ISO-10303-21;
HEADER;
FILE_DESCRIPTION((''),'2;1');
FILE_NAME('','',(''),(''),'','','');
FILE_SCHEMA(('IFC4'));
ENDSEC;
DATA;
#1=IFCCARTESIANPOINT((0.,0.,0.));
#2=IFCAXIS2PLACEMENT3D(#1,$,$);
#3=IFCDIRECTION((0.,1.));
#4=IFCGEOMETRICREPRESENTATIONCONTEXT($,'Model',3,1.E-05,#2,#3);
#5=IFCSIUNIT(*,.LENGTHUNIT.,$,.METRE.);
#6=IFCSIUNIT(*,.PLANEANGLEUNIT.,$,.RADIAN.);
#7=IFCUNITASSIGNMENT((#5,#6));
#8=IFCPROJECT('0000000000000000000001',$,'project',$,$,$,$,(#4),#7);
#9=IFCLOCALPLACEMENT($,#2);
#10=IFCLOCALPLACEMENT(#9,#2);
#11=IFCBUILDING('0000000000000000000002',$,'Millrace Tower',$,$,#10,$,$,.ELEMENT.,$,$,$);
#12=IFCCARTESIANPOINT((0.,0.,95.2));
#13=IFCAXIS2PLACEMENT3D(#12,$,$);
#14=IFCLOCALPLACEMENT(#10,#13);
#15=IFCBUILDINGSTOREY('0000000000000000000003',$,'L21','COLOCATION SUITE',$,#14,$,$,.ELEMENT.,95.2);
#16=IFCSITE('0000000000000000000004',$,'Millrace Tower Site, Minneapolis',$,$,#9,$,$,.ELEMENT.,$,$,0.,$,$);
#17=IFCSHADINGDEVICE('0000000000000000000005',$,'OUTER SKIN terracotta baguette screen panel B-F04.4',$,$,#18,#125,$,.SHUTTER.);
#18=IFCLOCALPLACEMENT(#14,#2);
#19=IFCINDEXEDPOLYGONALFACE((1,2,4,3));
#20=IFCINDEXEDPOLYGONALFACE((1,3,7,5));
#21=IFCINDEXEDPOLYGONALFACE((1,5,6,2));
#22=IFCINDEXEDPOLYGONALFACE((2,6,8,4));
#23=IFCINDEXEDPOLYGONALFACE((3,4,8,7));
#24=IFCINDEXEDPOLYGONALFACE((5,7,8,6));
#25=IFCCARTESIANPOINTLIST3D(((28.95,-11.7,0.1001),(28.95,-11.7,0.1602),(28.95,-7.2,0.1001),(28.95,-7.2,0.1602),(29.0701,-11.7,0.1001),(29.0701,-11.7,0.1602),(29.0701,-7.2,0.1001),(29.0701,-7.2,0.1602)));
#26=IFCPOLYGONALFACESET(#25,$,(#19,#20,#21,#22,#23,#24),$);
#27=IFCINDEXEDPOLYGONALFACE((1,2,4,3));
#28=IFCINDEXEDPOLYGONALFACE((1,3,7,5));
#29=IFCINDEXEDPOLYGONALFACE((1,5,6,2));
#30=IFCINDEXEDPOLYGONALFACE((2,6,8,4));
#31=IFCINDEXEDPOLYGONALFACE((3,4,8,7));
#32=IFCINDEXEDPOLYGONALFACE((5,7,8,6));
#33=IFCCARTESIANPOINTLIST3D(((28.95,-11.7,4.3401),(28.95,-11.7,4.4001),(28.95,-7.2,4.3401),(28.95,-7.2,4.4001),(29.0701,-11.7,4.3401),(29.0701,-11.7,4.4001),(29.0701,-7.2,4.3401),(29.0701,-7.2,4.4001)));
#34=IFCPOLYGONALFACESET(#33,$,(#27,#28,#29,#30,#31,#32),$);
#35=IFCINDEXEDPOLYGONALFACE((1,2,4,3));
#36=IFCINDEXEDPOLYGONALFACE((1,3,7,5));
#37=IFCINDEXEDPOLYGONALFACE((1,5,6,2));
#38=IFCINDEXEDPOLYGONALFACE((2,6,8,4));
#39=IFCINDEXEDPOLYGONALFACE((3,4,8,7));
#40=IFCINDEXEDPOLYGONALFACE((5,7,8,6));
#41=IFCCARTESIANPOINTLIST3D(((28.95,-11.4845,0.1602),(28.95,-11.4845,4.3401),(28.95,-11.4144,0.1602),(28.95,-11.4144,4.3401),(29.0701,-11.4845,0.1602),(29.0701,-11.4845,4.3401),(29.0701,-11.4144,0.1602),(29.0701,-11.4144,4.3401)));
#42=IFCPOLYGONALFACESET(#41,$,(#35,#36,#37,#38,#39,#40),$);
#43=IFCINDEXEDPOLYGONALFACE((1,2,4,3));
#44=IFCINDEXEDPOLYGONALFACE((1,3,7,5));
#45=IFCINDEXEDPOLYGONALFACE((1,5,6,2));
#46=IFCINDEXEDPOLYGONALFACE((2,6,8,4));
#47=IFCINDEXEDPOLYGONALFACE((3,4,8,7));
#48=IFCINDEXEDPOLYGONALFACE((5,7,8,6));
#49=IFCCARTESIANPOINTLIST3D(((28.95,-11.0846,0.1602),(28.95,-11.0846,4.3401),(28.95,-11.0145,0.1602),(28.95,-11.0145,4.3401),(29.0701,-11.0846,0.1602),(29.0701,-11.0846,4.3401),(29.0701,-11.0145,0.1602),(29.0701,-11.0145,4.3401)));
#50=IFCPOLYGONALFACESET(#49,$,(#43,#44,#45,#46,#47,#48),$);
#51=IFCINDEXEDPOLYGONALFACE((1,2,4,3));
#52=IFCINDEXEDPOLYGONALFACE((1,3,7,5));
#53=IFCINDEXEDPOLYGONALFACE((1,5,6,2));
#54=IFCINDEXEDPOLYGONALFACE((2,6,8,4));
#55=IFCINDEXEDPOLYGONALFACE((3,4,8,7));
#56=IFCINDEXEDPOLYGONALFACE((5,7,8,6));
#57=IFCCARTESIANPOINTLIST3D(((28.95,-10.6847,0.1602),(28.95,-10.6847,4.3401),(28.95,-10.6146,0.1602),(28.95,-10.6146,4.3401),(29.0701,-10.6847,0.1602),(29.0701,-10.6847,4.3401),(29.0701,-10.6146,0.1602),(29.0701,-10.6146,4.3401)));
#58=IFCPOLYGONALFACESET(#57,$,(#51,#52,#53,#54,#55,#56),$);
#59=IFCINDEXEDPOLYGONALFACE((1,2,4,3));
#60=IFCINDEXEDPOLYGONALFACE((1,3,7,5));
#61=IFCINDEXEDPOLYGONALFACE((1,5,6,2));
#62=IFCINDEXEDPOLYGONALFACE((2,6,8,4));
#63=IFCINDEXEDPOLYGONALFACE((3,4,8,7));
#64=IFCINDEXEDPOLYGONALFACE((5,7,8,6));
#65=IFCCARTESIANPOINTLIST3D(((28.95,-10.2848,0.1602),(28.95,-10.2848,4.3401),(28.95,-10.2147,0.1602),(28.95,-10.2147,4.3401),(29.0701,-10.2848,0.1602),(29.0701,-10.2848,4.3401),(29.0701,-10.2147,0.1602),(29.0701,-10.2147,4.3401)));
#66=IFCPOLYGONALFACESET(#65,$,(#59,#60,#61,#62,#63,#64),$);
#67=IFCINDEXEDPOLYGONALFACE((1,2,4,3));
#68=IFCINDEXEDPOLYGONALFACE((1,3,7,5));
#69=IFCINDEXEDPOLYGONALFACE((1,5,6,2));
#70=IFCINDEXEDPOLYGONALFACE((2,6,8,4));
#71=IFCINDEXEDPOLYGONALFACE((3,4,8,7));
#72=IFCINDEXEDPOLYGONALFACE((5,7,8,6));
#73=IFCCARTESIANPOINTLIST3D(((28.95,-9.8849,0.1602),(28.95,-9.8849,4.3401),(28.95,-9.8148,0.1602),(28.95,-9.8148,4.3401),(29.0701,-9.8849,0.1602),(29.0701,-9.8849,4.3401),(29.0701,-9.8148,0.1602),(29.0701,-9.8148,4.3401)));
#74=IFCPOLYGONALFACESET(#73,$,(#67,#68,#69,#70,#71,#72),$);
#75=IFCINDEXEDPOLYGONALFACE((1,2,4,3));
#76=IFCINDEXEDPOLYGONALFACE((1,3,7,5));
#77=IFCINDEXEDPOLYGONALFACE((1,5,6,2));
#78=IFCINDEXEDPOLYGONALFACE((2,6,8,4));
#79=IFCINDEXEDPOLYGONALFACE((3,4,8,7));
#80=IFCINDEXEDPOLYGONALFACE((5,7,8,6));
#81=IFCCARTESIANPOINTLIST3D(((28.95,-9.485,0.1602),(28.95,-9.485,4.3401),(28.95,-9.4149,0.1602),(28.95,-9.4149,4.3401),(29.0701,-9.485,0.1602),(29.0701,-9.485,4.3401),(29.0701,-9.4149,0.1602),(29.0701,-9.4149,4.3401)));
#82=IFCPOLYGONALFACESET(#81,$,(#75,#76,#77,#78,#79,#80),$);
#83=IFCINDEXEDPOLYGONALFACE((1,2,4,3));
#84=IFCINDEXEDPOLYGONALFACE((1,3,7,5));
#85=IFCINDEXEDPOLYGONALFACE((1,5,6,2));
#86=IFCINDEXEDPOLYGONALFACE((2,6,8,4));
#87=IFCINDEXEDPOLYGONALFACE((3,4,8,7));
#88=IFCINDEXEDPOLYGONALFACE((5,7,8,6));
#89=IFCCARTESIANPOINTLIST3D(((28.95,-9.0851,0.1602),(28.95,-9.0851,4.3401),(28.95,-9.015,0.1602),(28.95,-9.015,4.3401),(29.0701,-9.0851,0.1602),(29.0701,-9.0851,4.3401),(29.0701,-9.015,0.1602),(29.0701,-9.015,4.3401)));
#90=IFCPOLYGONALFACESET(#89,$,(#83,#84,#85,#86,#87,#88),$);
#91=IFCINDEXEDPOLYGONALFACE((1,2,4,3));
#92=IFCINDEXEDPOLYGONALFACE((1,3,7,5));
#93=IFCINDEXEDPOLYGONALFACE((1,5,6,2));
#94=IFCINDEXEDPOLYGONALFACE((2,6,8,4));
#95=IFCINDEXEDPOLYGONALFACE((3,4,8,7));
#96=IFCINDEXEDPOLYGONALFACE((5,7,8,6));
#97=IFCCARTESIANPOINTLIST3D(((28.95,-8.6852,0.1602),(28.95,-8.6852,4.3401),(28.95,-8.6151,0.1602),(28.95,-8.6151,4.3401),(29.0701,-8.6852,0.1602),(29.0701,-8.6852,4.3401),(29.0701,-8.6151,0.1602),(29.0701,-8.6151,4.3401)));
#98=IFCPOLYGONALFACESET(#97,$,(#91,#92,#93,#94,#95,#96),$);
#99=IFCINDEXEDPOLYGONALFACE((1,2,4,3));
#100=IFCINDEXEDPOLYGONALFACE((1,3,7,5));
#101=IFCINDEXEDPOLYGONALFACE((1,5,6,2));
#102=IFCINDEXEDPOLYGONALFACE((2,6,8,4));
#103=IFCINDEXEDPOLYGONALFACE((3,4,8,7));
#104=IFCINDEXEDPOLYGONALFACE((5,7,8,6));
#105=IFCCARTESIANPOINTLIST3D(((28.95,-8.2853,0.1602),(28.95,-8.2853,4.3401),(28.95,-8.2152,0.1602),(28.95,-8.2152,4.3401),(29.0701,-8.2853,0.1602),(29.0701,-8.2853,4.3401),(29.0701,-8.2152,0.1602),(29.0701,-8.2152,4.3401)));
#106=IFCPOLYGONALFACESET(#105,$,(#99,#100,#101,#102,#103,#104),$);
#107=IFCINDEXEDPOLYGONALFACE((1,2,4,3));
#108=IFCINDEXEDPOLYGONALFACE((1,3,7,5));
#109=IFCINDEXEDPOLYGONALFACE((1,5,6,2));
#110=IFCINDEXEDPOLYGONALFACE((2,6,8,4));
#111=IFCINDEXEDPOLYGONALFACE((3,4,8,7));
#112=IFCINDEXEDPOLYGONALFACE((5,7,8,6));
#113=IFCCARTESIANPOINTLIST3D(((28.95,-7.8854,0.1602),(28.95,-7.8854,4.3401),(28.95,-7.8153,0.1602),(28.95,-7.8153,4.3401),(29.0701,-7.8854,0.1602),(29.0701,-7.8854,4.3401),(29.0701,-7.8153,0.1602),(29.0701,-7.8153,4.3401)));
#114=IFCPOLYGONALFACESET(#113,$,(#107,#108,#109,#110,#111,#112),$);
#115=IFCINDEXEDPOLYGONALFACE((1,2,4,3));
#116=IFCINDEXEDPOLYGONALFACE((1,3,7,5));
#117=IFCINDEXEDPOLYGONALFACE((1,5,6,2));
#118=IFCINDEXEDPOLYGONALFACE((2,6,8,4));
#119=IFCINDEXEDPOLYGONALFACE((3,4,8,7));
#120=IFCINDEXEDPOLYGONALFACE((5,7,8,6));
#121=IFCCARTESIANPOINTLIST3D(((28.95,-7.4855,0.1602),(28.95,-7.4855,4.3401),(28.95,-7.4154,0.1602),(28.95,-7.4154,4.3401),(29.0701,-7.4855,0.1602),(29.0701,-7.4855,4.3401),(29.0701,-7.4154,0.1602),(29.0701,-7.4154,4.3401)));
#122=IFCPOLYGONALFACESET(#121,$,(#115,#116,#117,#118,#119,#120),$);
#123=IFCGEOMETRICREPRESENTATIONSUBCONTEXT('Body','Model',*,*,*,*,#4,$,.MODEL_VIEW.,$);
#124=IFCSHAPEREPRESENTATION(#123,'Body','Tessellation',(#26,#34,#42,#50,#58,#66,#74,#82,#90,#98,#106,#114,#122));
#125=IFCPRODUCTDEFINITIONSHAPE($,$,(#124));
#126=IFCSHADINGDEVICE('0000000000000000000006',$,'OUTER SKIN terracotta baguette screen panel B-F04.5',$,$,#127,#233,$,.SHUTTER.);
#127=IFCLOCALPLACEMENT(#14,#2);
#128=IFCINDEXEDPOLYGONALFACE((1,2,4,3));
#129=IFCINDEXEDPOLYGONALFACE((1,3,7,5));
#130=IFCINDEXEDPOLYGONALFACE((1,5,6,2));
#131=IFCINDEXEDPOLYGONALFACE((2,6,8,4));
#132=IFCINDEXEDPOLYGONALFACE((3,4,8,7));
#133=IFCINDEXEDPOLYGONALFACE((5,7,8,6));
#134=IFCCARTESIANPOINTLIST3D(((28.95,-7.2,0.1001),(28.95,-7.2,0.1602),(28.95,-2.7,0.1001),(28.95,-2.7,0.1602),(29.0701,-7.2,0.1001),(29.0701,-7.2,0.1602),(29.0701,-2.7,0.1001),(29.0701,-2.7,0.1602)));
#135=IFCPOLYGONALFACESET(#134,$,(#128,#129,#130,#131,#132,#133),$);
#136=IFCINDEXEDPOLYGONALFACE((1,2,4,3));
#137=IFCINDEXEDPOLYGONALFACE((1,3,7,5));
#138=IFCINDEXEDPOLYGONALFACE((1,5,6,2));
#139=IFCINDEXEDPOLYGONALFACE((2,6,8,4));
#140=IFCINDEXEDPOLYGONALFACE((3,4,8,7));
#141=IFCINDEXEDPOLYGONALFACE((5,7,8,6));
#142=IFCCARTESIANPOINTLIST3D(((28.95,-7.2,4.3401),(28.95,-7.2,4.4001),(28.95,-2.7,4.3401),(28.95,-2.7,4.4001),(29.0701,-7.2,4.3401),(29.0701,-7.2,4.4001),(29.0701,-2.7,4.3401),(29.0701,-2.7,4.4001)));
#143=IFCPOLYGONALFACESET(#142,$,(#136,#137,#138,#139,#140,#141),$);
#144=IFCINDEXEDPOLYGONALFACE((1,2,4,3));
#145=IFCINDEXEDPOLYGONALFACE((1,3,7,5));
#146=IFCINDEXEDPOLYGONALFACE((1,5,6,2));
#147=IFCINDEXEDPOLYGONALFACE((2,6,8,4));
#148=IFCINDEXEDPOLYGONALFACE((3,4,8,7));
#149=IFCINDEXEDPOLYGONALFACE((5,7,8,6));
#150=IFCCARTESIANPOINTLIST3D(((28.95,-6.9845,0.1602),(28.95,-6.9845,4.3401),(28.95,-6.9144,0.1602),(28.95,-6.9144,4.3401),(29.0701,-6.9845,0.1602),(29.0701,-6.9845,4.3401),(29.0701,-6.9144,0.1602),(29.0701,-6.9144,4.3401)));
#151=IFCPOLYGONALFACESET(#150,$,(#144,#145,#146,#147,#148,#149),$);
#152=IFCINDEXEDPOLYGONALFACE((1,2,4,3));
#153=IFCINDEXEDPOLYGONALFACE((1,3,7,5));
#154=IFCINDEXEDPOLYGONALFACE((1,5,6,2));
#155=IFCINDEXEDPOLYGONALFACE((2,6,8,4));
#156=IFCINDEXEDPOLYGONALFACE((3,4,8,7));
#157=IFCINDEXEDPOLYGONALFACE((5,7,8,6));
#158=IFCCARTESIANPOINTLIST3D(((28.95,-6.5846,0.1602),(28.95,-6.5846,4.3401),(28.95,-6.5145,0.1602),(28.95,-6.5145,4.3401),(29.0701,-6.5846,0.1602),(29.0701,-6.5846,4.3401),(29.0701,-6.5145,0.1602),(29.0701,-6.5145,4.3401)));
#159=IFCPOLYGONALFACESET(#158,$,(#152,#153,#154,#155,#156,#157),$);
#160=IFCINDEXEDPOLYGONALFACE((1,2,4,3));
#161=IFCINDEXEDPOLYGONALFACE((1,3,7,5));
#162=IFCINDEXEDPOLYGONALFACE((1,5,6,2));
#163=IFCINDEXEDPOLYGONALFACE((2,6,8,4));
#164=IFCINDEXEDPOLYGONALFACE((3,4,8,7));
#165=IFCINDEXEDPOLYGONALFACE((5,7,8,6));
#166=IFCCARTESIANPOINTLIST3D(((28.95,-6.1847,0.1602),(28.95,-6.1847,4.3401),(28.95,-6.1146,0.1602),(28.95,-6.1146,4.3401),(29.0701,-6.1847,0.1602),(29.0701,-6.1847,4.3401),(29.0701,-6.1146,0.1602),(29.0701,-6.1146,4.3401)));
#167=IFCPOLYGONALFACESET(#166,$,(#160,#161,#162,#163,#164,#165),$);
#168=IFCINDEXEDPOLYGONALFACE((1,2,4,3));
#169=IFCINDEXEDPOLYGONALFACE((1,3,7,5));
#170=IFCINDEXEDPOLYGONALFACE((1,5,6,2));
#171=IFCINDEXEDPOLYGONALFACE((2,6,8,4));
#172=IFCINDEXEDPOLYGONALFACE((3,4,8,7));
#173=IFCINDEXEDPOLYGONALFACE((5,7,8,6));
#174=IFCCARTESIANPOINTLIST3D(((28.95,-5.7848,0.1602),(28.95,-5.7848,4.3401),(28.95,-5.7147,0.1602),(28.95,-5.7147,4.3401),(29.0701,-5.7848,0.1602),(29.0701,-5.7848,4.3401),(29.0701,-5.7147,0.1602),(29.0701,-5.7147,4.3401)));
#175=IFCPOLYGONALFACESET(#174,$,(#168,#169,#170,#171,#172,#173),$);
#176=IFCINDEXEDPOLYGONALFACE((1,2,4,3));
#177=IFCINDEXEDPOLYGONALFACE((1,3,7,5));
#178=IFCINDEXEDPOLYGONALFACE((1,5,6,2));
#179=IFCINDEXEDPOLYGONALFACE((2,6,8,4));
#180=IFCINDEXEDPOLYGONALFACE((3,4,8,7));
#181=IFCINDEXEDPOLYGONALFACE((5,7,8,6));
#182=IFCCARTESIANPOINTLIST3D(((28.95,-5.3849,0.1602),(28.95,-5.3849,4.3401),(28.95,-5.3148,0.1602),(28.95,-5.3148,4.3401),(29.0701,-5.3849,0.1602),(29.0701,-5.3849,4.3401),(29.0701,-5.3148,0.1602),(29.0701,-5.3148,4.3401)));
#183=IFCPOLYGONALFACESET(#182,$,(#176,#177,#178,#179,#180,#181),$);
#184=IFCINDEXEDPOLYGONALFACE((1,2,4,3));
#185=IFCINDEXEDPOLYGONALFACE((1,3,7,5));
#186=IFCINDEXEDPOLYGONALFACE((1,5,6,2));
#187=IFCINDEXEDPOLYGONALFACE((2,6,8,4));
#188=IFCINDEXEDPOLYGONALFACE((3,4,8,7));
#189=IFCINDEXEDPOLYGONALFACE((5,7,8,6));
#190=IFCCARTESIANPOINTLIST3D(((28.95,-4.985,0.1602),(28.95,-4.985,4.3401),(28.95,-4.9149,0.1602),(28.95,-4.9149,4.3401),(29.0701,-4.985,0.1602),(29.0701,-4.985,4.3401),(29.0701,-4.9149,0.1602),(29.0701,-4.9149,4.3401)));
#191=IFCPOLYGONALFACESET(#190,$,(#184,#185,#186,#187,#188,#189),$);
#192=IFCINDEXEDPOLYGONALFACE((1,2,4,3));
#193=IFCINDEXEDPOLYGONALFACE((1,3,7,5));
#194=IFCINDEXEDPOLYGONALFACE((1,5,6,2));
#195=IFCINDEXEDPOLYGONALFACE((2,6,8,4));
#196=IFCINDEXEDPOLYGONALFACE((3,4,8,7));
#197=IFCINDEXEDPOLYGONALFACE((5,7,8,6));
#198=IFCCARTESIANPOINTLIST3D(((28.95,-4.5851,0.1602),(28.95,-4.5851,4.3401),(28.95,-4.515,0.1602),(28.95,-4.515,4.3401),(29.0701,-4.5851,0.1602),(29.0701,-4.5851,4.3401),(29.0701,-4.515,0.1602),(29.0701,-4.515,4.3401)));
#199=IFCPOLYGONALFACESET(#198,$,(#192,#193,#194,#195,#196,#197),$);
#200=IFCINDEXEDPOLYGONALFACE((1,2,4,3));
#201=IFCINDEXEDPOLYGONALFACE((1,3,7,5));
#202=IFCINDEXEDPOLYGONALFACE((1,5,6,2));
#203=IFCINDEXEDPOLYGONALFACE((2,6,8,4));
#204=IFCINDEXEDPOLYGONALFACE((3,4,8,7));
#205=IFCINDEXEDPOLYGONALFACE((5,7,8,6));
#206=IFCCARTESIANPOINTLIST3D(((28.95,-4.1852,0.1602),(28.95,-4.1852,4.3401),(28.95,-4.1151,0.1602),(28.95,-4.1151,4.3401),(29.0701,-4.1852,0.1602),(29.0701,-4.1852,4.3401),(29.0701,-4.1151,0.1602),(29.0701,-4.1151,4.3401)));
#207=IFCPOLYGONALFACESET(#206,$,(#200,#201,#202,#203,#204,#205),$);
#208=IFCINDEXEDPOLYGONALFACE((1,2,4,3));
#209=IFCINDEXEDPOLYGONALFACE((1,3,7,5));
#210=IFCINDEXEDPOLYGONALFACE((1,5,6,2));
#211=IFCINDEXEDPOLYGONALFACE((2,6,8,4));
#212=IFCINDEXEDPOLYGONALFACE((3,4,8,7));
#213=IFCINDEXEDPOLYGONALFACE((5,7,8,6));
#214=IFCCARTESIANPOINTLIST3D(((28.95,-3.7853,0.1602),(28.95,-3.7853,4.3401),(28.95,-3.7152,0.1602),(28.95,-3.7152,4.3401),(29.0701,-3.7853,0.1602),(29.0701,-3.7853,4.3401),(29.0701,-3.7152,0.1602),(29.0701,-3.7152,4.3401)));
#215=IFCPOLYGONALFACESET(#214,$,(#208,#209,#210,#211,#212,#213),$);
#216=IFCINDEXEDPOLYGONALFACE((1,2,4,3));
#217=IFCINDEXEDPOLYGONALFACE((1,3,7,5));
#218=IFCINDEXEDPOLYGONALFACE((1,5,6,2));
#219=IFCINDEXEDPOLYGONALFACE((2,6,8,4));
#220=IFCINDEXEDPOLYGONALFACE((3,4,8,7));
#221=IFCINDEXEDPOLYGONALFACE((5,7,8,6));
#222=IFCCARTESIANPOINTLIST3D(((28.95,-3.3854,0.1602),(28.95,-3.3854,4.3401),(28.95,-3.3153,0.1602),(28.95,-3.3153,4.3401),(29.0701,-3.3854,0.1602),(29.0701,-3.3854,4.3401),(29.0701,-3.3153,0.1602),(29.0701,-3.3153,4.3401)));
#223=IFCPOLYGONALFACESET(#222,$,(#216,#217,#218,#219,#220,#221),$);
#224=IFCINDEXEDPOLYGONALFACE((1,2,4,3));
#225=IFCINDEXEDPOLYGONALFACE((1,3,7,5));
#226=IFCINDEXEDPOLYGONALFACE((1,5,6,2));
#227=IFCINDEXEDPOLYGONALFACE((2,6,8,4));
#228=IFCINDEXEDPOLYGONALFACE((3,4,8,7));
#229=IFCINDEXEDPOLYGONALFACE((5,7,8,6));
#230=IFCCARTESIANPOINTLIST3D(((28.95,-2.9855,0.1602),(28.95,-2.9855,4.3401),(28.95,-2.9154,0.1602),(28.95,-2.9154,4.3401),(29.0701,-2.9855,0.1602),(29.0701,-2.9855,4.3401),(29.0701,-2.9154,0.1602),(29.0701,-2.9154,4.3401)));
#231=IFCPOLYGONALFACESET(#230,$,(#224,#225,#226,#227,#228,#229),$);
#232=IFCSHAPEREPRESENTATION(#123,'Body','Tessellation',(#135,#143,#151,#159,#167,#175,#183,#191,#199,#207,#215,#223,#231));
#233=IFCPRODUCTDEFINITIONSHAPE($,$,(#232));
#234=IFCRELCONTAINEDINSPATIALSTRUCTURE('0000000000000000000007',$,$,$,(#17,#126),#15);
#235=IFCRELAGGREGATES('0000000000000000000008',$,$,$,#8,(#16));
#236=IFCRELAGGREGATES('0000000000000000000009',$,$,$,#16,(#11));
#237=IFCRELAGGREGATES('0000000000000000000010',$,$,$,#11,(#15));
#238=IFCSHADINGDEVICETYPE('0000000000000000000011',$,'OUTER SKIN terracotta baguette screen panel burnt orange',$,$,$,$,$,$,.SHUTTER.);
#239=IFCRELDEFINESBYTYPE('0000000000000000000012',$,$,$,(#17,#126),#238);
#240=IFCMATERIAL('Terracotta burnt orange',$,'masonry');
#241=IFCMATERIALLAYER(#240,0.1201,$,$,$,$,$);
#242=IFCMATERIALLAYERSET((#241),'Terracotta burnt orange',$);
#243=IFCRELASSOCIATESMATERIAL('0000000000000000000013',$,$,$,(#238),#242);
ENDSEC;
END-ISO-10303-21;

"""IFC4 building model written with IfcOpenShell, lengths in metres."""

from ifc_helpers import new_model, entity, si_unit, direction, frame, frame_2d, origin, origin_2d, place, context, subcontext, project, spatial, rectangle, extrude, source, transform, mapped, material, layer, layer_set, type_object, element, save


model = new_model("IFC4")

# Units and contexts
model_context = context("Model", 3, precision=1e-05, world=origin(), true_north=direction((0.0, 1.0)))
body_context = subcontext(model_context, "Body", "Model", "MODEL_VIEW")
ifc_project = project(units=[si_unit("LENGTHUNIT", "METRE"), si_unit("PLANEANGLEUNIT", "RADIAN")], contexts=[model_context])

# Site, building, storey
site_placement = place(None, origin())
site = spatial("IfcSite", under=ifc_project, at=site_placement, Name="Millrace Tower Site, Minneapolis", CompositionType="ELEMENT", RefElevation=0.0)
building_placement = place(site_placement, origin())
building = spatial("IfcBuilding", under=site, at=building_placement, Name="Millrace Tower", CompositionType="ELEMENT")
storey_placement = place(building_placement, frame((0.0, 0.0, 95.2)))
storey = spatial("IfcBuildingStorey", under=building, at=storey_placement, Name="L21", Description="COLOCATION SUITE", CompositionType="ELEMENT", Elevation=95.2)

# Shading devices
ifc_material_1 = material(Name="Terracotta burnt orange", Category="masonry")
ifc_layer_1 = layer(ifc_material_1, 0.1201)
ifc_layer_set_1 = layer_set([ifc_layer_1], Name="Terracotta burnt orange")
shading_device_type = type_object("IfcShadingDeviceType", Name="OUTER SKIN terracotta baguette screen panel burnt orange", PredefinedType="SHUTTER", material=ifc_layer_set_1)
cartesian_point = entity("IfcCartesianPoint", [-2.25, 0.0601])
shared_polyline = entity("IfcPolyline", [cartesian_point, entity("IfcCartesianPoint", [2.25, 0.0601]), entity("IfcCartesianPoint", [2.25, -0.0601]), entity("IfcCartesianPoint", [-2.25, -0.0601]), cartesian_point])
shared_shape = source(origin(), body_context, "Body", "SweptSolid", [
    entity("IfcExtrudedAreaSolid", entity("IfcArbitraryClosedProfileDef", "AREA", None, shared_polyline), entity("IfcAxis2Placement3D", entity("IfcCartesianPoint", [0.0, 0.0, 0.0])), entity("IfcDirection", [0.0, 0.0, 1.0]), 0.0601),
    entity("IfcExtrudedAreaSolid", entity("IfcArbitraryClosedProfileDef", "AREA", None, shared_polyline), entity("IfcAxis2Placement3D", entity("IfcCartesianPoint", [0.0, 0.0, 4.24])), entity("IfcDirection", [0.0, 0.0, 1.0]), 0.0601),
    extrude(rectangle(XDim=0.0701, YDim=0.1201, at=frame_2d((-1.9995, 0.0))), frame((0.0, 0.0, 0.0601)), (0.0, 0.0, 1.0), 4.1799),
    extrude(rectangle(XDim=0.0701, YDim=0.1201, at=frame_2d((-1.5996, 0.0))), frame((0.0, 0.0, 0.0601)), (0.0, 0.0, 1.0), 4.1799),
    extrude(rectangle(XDim=0.0701, YDim=0.1201, at=frame_2d((-1.1997, 0.0))), frame((0.0, 0.0, 0.0601)), (0.0, 0.0, 1.0), 4.1799),
    extrude(rectangle(XDim=0.0701, YDim=0.1201, at=frame_2d((-0.7998, 0.0))), frame((0.0, 0.0, 0.0601)), (0.0, 0.0, 1.0), 4.1799),
    extrude(rectangle(XDim=0.0701, YDim=0.1201, at=frame_2d((-0.3999, 0.0))), frame((0.0, 0.0, 0.0601)), (0.0, 0.0, 1.0), 4.1799),
    extrude(rectangle(XDim=0.0701, YDim=0.1201, at=origin_2d()), frame((0.0, 0.0, 0.0601)), (0.0, 0.0, 1.0), 4.1799),
    extrude(rectangle(XDim=0.0701, YDim=0.1201, at=frame_2d((0.3999, 0.0))), frame((0.0, 0.0, 0.0601)), (0.0, 0.0, 1.0), 4.1799),
    extrude(rectangle(XDim=0.0701, YDim=0.1201, at=frame_2d((0.7998, 0.0))), frame((0.0, 0.0, 0.0601)), (0.0, 0.0, 1.0), 4.1799),
    extrude(rectangle(XDim=0.0701, YDim=0.1201, at=frame_2d((1.1997, 0.0))), frame((0.0, 0.0, 0.0601)), (0.0, 0.0, 1.0), 4.1799),
    extrude(rectangle(XDim=0.0701, YDim=0.1201, at=frame_2d((1.5996, 0.0))), frame((0.0, 0.0, 0.0601)), (0.0, 0.0, 1.0), 4.1799),
    extrude(rectangle(XDim=0.0701, YDim=0.1201, at=frame_2d((1.9995, 0.0))), frame((0.0, 0.0, 0.0601)), (0.0, 0.0, 1.0), 4.1799),
])
for number, where, z_axis, x_axis, name in (
    (1, (29.01, -9.45, 0.1001), (0.0, 0.0, 1.0), (0.0, 1.0, 0.0), "OUTER SKIN terracotta baguette screen panel B-F04.4"),
    (2, (29.01, -4.95, 0.1001), (0.0, 0.0, 1.0), (0.0, 1.0, 0.0), "OUTER SKIN terracotta baguette screen panel B-F04.5"),
):
    element("IfcShadingDevice", number, at=place(storey_placement, frame(where, z_axis=z_axis, x_axis=x_axis)), inside=storey, type_object=shading_device_type, Name=name, PredefinedType="SHUTTER", context=body_context, shape_type="MappedRepresentation", body=[
        mapped(shared_shape, transform((0.0, 0.0, 0.0), scale=1.0)),
    ])

save(model, "model.ifc")
